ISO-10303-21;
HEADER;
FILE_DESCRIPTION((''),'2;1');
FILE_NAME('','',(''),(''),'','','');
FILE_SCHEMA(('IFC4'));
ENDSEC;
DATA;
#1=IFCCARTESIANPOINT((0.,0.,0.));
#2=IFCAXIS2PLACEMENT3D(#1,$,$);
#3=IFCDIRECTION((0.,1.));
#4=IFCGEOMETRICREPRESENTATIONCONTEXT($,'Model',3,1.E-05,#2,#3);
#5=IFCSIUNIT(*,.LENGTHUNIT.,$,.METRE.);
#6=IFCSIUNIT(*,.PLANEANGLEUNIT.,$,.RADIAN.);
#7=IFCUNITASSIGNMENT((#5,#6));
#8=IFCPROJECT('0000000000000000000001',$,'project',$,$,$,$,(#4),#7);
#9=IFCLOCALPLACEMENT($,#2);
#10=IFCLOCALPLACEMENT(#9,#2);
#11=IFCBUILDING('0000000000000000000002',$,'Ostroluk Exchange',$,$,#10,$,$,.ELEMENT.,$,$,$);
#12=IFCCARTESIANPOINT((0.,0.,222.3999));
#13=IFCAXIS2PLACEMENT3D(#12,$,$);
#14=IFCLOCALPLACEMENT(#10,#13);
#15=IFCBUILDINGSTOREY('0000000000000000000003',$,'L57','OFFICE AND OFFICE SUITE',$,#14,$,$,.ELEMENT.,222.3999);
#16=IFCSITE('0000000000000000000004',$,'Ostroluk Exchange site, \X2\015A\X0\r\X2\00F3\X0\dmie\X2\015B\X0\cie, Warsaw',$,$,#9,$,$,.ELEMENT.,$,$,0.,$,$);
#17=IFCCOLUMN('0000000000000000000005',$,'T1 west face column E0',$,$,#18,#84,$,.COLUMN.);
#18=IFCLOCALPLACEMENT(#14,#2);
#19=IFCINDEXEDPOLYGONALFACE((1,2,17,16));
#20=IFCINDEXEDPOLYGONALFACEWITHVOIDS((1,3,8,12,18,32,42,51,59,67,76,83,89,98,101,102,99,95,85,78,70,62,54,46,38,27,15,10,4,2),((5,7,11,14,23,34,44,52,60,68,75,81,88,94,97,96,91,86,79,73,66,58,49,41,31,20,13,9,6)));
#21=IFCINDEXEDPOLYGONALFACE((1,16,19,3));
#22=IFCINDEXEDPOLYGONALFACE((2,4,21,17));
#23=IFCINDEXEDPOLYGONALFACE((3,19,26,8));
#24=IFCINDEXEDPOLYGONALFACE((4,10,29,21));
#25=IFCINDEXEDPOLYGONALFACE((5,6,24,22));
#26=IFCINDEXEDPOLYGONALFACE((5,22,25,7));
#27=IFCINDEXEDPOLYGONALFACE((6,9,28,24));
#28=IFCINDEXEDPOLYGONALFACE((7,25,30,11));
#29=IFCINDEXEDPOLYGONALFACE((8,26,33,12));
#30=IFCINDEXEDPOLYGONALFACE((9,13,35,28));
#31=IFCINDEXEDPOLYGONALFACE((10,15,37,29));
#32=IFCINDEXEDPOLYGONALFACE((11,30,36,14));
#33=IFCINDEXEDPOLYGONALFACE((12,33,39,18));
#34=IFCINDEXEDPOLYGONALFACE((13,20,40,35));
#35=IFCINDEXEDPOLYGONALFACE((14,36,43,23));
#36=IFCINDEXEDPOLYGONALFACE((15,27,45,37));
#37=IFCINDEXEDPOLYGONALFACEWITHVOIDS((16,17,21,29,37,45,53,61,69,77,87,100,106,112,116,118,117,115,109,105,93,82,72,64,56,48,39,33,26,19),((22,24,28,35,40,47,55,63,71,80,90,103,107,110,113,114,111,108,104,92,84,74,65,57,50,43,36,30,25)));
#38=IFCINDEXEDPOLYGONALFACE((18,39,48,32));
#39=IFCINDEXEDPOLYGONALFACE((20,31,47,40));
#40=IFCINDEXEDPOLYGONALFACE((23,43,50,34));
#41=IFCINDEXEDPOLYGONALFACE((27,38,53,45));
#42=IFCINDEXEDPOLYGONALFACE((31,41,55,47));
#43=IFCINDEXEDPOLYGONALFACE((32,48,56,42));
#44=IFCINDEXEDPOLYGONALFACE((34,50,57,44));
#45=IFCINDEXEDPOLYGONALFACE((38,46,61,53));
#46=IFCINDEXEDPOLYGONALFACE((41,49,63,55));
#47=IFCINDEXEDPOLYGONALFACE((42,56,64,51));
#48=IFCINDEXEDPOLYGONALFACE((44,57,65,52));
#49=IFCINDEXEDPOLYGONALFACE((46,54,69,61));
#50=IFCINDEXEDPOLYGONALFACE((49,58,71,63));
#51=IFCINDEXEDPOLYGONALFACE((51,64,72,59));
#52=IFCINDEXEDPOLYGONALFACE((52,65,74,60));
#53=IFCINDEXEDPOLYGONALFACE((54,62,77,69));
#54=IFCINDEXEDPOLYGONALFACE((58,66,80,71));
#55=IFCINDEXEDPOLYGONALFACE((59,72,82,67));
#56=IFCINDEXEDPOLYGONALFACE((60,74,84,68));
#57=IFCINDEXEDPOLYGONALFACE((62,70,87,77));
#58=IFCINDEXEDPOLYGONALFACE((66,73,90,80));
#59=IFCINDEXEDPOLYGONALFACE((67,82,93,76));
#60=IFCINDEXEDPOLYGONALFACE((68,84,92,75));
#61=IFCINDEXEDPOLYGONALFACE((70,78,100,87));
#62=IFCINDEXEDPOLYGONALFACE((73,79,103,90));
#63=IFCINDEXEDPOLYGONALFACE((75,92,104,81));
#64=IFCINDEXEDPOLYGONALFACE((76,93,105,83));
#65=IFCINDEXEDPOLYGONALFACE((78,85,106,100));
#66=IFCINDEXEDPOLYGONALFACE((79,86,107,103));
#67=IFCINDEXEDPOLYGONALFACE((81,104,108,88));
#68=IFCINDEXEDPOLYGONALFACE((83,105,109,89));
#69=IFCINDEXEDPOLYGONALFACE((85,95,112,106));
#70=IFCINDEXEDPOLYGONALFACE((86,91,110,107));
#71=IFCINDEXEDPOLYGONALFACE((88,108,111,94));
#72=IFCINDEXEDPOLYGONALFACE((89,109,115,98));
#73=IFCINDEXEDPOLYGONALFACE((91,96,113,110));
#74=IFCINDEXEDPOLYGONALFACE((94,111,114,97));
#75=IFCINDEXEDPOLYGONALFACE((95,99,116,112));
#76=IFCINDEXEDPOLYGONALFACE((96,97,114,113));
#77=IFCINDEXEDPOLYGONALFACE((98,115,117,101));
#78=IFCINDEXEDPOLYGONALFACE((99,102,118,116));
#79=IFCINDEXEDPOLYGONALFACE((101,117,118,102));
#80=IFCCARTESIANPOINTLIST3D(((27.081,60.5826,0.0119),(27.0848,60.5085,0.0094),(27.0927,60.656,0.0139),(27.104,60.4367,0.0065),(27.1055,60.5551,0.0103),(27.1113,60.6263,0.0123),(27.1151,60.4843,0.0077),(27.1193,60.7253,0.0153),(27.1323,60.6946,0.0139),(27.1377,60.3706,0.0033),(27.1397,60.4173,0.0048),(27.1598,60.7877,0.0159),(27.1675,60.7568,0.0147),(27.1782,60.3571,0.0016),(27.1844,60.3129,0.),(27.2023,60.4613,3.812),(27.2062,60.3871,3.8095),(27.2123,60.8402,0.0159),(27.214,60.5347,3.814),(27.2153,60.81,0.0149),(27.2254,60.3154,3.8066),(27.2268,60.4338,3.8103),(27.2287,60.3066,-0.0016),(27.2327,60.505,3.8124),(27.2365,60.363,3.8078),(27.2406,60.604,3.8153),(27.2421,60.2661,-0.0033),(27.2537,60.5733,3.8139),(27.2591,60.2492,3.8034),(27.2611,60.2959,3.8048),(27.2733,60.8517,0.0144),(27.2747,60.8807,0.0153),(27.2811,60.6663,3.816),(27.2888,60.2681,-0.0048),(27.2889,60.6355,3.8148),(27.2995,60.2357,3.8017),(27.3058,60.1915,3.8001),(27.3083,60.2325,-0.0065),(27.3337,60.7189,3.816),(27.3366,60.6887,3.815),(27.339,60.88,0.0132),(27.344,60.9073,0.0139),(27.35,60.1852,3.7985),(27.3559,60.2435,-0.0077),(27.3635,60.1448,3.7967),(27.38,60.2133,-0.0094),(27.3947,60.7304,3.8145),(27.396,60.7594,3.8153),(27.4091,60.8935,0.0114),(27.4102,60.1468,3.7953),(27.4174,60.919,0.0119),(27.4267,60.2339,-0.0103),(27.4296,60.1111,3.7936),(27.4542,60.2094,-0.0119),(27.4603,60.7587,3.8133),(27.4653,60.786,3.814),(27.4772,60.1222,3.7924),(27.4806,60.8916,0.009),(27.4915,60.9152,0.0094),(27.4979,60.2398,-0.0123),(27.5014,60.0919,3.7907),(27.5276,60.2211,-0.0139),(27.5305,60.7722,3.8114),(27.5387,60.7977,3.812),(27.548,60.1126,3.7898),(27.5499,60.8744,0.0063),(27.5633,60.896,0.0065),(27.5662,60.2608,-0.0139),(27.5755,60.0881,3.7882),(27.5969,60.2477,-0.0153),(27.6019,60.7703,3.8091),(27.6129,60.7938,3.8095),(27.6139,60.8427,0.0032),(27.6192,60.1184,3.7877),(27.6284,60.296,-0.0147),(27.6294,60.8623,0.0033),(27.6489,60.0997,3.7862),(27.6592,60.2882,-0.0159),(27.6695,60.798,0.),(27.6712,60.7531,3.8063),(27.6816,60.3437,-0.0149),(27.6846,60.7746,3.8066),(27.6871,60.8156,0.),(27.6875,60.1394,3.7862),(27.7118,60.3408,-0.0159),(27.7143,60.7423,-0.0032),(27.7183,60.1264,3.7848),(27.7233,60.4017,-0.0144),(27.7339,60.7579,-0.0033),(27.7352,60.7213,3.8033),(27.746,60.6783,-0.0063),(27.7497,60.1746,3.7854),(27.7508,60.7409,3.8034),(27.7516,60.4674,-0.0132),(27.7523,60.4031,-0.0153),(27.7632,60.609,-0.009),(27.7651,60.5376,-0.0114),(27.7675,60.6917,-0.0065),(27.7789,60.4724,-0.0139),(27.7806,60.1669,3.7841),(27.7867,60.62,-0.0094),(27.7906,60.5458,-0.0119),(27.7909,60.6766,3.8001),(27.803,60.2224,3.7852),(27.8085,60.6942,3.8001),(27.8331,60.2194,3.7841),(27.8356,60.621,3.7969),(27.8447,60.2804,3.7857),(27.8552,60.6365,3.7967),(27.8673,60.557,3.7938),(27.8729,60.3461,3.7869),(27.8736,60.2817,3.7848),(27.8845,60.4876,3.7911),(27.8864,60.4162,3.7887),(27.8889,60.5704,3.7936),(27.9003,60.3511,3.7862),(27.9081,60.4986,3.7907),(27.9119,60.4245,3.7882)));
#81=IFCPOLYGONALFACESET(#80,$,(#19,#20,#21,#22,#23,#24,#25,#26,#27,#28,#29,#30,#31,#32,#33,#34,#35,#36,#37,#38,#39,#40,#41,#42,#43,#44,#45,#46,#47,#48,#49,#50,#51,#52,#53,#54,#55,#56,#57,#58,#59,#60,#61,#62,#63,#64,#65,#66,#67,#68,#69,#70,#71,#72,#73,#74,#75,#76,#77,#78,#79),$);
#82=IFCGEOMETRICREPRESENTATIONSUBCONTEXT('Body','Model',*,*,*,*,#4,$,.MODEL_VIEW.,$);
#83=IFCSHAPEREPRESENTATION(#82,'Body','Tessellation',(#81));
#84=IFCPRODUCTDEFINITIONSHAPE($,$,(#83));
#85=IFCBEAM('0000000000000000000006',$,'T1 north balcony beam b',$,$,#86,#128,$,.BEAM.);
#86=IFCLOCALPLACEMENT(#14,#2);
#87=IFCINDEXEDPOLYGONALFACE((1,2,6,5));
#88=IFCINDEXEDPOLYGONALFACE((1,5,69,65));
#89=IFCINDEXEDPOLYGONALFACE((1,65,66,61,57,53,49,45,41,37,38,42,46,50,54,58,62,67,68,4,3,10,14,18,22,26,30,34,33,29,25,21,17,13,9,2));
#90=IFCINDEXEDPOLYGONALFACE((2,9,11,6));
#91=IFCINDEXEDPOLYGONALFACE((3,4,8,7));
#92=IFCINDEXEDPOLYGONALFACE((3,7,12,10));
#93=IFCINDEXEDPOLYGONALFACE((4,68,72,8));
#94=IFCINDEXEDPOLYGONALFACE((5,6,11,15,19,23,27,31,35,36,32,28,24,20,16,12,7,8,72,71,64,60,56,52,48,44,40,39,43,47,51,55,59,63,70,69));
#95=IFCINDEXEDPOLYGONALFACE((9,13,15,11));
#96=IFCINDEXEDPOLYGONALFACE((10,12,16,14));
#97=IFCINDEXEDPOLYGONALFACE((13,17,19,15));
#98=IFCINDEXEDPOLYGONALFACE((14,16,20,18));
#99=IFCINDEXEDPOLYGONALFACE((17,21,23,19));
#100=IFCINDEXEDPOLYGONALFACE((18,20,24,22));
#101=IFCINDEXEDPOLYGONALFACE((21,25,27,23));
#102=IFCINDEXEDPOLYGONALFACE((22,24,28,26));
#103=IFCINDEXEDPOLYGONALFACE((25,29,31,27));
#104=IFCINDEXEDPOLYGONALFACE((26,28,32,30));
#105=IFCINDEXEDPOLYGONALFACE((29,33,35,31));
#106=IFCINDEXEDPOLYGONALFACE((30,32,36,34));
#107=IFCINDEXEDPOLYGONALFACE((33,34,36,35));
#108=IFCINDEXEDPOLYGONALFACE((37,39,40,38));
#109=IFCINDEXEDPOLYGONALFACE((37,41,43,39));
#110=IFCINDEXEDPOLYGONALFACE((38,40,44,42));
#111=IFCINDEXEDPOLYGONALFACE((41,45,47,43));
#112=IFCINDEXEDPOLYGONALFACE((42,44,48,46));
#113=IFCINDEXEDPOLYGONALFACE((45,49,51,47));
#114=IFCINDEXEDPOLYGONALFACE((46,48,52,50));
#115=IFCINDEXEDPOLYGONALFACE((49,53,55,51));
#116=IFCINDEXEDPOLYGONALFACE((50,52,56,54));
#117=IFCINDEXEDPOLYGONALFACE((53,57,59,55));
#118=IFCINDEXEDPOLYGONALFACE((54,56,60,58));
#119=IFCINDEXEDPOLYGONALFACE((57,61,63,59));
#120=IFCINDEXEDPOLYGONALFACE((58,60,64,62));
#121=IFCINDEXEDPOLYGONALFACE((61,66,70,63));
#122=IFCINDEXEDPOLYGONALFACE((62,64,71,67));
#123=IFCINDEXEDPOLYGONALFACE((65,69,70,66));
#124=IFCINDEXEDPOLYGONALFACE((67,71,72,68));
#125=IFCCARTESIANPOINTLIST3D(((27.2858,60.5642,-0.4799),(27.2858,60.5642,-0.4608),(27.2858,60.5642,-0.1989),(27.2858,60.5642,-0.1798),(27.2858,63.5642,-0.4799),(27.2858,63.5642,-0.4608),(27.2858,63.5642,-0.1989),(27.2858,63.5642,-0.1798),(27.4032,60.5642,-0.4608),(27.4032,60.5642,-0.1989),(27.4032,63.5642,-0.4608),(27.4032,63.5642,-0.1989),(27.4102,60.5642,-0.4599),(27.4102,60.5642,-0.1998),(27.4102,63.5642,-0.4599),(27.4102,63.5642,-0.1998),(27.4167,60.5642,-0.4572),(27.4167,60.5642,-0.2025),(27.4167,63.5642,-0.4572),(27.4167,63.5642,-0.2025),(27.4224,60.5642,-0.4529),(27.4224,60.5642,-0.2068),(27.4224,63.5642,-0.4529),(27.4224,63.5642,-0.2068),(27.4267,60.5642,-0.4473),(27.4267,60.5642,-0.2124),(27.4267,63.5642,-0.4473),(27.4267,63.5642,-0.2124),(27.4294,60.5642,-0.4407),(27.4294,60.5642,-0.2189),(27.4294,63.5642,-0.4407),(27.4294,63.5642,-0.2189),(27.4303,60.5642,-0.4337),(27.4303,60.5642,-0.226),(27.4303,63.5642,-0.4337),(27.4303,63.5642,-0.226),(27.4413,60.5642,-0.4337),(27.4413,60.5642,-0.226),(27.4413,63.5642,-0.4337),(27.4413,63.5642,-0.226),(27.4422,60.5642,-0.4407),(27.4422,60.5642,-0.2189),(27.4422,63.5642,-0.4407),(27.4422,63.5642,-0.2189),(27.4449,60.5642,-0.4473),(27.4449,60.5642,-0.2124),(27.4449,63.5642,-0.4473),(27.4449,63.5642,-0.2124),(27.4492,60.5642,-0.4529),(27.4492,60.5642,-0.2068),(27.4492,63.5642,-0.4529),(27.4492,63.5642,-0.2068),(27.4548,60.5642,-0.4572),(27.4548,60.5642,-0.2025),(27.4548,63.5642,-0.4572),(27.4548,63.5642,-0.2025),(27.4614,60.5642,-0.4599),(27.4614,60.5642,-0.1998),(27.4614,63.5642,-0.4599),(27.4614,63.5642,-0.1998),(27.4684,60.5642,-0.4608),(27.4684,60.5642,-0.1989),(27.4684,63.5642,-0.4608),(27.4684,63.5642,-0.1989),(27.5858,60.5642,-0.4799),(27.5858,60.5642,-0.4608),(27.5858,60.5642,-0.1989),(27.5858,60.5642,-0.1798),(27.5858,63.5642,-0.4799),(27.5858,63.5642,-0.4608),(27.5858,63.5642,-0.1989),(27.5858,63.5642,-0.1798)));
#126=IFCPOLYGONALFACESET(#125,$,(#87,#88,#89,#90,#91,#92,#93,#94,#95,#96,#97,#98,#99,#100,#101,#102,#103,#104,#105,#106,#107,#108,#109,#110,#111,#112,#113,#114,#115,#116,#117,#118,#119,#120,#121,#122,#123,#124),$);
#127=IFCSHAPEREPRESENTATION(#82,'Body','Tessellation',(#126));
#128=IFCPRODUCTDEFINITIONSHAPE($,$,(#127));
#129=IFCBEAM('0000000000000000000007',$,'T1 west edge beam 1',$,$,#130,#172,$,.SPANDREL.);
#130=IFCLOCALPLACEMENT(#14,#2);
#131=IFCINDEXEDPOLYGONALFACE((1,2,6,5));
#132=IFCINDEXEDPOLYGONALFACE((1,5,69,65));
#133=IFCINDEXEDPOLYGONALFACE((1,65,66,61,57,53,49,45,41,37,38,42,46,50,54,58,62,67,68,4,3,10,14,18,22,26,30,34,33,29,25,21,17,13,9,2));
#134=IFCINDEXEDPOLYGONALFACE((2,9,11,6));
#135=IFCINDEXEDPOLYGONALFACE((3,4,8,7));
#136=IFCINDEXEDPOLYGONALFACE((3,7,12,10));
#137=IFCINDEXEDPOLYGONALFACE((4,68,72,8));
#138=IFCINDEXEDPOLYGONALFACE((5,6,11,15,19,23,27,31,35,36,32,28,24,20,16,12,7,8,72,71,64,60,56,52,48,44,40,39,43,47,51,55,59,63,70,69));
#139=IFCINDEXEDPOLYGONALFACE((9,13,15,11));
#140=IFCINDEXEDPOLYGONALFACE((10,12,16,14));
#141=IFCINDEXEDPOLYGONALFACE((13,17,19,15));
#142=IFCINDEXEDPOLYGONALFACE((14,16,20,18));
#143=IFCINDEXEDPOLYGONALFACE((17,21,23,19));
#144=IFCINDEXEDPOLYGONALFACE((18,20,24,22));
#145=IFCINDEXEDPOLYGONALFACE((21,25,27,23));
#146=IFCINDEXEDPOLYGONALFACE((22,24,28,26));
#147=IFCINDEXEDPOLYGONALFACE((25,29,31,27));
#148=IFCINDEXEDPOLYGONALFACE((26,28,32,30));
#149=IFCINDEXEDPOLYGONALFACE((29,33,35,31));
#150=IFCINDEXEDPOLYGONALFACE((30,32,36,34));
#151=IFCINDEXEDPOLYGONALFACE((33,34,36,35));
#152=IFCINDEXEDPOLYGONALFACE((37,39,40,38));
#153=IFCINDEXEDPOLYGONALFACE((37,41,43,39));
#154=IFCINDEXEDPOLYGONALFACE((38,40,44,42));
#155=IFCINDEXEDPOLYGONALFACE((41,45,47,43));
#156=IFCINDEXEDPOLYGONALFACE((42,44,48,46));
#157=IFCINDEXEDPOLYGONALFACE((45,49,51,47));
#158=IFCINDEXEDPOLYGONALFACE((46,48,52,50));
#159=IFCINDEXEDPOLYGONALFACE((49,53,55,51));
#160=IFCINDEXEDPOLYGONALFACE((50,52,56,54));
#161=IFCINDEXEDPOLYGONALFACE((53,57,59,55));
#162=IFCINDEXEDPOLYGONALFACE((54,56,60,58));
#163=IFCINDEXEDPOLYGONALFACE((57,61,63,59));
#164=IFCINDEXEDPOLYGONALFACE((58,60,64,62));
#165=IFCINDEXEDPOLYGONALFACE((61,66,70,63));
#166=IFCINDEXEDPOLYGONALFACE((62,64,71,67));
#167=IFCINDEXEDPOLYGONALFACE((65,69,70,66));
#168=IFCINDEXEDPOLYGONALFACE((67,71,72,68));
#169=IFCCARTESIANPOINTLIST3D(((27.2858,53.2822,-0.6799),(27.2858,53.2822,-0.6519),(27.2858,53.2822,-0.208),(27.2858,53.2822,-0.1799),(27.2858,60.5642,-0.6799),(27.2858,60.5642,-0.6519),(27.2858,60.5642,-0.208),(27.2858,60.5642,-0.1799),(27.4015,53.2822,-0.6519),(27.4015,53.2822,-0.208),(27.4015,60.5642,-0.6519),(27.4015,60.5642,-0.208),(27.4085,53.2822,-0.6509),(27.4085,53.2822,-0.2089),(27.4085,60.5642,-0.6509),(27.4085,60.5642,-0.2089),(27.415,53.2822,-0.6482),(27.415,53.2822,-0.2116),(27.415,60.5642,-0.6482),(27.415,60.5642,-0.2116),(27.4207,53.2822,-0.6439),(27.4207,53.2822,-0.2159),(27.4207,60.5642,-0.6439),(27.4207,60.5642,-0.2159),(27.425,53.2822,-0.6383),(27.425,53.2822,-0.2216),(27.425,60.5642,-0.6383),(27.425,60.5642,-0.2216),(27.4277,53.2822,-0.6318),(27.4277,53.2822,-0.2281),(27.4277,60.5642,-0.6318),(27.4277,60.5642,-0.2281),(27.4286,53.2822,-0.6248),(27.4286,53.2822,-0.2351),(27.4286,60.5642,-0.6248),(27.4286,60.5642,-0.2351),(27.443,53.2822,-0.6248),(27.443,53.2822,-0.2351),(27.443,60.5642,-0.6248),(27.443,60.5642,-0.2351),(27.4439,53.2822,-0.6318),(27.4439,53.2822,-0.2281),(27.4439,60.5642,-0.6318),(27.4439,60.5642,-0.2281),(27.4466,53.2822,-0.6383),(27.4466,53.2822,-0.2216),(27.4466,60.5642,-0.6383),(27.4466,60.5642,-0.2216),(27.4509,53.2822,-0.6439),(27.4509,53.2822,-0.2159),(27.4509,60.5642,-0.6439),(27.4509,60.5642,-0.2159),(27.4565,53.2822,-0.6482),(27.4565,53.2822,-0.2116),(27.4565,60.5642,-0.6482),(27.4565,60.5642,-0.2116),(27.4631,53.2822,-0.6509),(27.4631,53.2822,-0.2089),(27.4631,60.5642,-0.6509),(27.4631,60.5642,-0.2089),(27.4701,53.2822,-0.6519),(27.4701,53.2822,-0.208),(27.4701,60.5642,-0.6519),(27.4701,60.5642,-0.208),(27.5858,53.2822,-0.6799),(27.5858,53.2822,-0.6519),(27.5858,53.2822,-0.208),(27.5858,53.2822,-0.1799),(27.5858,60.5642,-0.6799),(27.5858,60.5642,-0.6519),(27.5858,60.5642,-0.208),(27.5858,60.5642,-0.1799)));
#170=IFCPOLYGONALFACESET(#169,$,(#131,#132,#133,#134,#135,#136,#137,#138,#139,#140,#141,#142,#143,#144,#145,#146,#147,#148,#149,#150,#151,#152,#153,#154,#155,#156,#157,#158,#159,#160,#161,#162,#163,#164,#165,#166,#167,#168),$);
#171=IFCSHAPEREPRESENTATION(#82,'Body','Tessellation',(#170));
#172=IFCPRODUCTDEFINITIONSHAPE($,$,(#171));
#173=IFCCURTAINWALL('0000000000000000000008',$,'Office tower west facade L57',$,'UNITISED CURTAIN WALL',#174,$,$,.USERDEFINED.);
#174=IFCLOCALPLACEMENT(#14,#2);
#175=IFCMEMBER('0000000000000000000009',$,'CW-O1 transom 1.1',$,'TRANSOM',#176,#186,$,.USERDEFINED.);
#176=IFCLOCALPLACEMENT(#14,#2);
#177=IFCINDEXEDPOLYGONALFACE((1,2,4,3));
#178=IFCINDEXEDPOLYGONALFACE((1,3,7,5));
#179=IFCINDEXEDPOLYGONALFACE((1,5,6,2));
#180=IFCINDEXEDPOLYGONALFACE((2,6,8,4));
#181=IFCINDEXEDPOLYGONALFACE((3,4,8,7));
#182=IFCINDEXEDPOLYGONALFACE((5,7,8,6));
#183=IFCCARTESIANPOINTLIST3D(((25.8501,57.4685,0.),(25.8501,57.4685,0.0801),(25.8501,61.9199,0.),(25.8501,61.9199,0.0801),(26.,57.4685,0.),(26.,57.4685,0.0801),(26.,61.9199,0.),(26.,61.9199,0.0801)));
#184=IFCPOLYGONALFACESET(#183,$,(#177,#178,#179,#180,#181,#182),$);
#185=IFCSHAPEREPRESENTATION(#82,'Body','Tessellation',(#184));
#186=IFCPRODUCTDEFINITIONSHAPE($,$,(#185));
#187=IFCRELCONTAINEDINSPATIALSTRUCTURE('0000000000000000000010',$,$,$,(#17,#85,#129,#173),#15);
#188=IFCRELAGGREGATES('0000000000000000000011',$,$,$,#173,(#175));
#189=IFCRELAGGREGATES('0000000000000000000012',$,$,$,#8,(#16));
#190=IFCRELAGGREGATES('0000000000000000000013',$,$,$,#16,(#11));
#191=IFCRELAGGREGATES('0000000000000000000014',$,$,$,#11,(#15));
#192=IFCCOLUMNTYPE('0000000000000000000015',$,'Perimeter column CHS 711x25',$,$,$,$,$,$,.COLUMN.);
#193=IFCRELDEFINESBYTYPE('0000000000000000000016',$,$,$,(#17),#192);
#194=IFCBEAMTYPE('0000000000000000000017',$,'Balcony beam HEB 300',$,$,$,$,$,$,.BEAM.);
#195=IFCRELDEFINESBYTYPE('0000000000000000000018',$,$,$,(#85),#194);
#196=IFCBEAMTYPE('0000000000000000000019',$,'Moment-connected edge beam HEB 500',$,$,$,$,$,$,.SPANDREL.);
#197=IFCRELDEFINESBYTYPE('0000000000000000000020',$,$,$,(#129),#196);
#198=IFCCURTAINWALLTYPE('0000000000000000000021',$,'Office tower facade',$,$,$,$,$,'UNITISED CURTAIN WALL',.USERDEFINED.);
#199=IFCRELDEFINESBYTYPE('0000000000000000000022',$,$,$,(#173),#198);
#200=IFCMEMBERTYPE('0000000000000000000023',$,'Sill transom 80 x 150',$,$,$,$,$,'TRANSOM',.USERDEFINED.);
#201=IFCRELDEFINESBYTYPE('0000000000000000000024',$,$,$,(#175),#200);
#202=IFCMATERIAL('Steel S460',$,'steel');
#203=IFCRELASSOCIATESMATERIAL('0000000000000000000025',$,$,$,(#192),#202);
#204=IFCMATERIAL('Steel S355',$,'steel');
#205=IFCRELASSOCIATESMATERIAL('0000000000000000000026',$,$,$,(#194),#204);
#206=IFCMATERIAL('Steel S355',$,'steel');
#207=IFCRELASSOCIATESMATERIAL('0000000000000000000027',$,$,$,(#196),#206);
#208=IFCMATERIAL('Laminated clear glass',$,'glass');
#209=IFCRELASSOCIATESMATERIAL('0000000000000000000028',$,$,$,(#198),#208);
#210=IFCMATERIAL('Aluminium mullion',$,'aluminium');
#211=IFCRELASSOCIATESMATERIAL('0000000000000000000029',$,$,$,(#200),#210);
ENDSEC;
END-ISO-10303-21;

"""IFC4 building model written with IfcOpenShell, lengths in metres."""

from ifc_helpers import new_model, si_unit, direction, frame, origin, origin_2d, place, context, subcontext, project, spatial, rectangle, hollow_circle, i_section, extrude, material, material_profile, profile_set, type_object, element, aggregate, save


model = new_model("IFC4")

# Units and contexts
model_context = context("Model", 3, precision=1e-05, world=origin(), true_north=direction((0.0, 1.0)))
body_context = subcontext(model_context, "Body", "Model", "MODEL_VIEW")
ifc_project = project(units=[si_unit("LENGTHUNIT", "METRE"), si_unit("PLANEANGLEUNIT", "RADIAN")], contexts=[model_context])

# Site, building, storey
site_placement = place(None, origin())
site = spatial("IfcSite", under=ifc_project, at=site_placement, Name="Ostroluk Exchange site, Śródmieście, Warsaw", CompositionType="ELEMENT", RefElevation=0.0)
building_placement = place(site_placement, origin())
building = spatial("IfcBuilding", under=site, at=building_placement, Name="Ostroluk Exchange", CompositionType="ELEMENT")
storey_placement = place(building_placement, frame((0.0, 0.0, 222.3999)))
storey = spatial("IfcBuildingStorey", under=building, at=storey_placement, Name="L57", Description="OFFICE AND OFFICE SUITE", CompositionType="ELEMENT", Elevation=222.3999)

# Column
ifc_material_1 = material(Name="Steel S460", Category="steel")
ifc_material_profile_1 = material_profile(ifc_material_1, hollow_circle(Radius=0.3555, WallThickness=0.0249, at=origin_2d()), Name="CHS 711x25")
ifc_profile_set_1 = profile_set([ifc_material_profile_1], Name="Steel S460")
column_type = type_object("IfcColumnType", Name="Perimeter column CHS 711x25", PredefinedType="COLUMN", material=ifc_profile_set_1)
column_placement = place(storey_placement, frame((27.4358, 60.5642, 0.0), z_axis=(0.031898, -0.031898, 0.998982), x_axis=(0.707107, 0.707107, 0.0)))
element("IfcColumn", 1, at=column_placement, inside=storey, type_object=column_type, Name="T1 west face column E0", PredefinedType="COLUMN", context=body_context, shape_type="SweptSolid", body=[
    extrude(hollow_circle(Radius=0.3555, WallThickness=0.0249, at=origin_2d()), origin(), (0.0, 0.0, 1.0), 3.804),
])

# Beams
ifc_material_2 = material(Name="Steel S355", Category="steel")
ifc_material_profile_2 = material_profile(ifc_material_2, i_section(OverallWidth=0.3, OverallDepth=0.3, WebThickness=0.011, FlangeThickness=0.019, FilletRadius=0.0271, at=origin_2d()), Name="HEB 300")
ifc_profile_set_2 = profile_set([ifc_material_profile_2], Name="Steel S355")
beam_type_1 = type_object("IfcBeamType", Name="Balcony beam HEB 300", PredefinedType="BEAM", material=ifc_profile_set_2)
beam_1_placement = place(storey_placement, frame((27.4358, 60.5642, -0.3298), z_axis=(0.0, 1.0, 0.0), x_axis=(-1.0, 0.0, 0.0)))
element("IfcBeam", 2, at=beam_1_placement, inside=storey, type_object=beam_type_1, Name="T1 north balcony beam b", PredefinedType="BEAM", context=body_context, shape_type="SweptSolid", body=[
    extrude(i_section(OverallWidth=0.3, OverallDepth=0.3, WebThickness=0.011, FlangeThickness=0.019, FilletRadius=0.0271, at=origin_2d()), origin(), (0.0, 0.0, 1.0), 3.0),
])
ifc_material_3 = material(Name="Steel S355", Category="steel")
ifc_material_profile_3 = material_profile(ifc_material_3, i_section(OverallWidth=0.3, OverallDepth=0.5, WebThickness=0.0144, FlangeThickness=0.0281, FilletRadius=0.0271, at=origin_2d()), Name="HEB 500")
ifc_profile_set_3 = profile_set([ifc_material_profile_3], Name="Steel S355")
beam_type_2 = type_object("IfcBeamType", Name="Moment-connected edge beam HEB 500", PredefinedType="SPANDREL", material=ifc_profile_set_3)
beam_2_placement = place(storey_placement, frame((27.4358, 60.5642, -0.4299), z_axis=(0.0, -1.0, 0.0), x_axis=(1.0, 0.0, 0.0)))
element("IfcBeam", 3, at=beam_2_placement, inside=storey, type_object=beam_type_2, Name="T1 west edge beam 1", PredefinedType="SPANDREL", context=body_context, shape_type="SweptSolid", body=[
    extrude(i_section(OverallWidth=0.3, OverallDepth=0.5, WebThickness=0.0144, FlangeThickness=0.0281, FilletRadius=0.0271, at=origin_2d()), origin(), (0.0, 0.0, 1.0), 7.282),
])

# Curtain wall, member
ifc_material_4 = material(Name="Laminated clear glass", Category="glass")
curtain_wall_type = type_object("IfcCurtainWallType", Name="Office tower facade", ElementType="UNITISED CURTAIN WALL", PredefinedType="USERDEFINED", material=ifc_material_4)
curtain_wall_1_placement = place(storey_placement, origin())
curtain_wall_1 = element("IfcCurtainWall", 4, at=curtain_wall_1_placement, inside=storey, type_object=curtain_wall_type, Name="Office tower west facade L57", ObjectType="UNITISED CURTAIN WALL", PredefinedType="USERDEFINED")
ifc_material_5 = material(Name="Aluminium mullion", Category="aluminium")
ifc_material_profile_4 = material_profile(ifc_material_5, rectangle(XDim=0.1499, YDim=0.0801, at=origin_2d()), Name="Sill transom 80 x 150")
ifc_profile_set_4 = profile_set([ifc_material_profile_4], Name="Aluminium mullion")
member_type_1 = type_object("IfcMemberType", Name="Sill transom 80 x 150", ElementType="TRANSOM", PredefinedType="USERDEFINED", material=ifc_profile_set_4)
member_1_placement = place(storey_placement, frame((25.925, 61.9199, 0.04), z_axis=(0.0, -1.0, 0.0), x_axis=(1.0, 0.0, 0.0)))
member_1 = element("IfcMember", 5, at=member_1_placement, type_object=member_type_1, Name="CW-O1 transom 1.1", ObjectType="TRANSOM", PredefinedType="USERDEFINED", context=body_context, shape_type="SweptSolid", body=[
    extrude(rectangle(XDim=0.1499, YDim=0.0801, at=origin_2d()), origin(), (0.0, 0.0, 1.0), 4.4514),
])

aggregate(curtain_wall_1, [member_1])

save(model, "model.ifc")
